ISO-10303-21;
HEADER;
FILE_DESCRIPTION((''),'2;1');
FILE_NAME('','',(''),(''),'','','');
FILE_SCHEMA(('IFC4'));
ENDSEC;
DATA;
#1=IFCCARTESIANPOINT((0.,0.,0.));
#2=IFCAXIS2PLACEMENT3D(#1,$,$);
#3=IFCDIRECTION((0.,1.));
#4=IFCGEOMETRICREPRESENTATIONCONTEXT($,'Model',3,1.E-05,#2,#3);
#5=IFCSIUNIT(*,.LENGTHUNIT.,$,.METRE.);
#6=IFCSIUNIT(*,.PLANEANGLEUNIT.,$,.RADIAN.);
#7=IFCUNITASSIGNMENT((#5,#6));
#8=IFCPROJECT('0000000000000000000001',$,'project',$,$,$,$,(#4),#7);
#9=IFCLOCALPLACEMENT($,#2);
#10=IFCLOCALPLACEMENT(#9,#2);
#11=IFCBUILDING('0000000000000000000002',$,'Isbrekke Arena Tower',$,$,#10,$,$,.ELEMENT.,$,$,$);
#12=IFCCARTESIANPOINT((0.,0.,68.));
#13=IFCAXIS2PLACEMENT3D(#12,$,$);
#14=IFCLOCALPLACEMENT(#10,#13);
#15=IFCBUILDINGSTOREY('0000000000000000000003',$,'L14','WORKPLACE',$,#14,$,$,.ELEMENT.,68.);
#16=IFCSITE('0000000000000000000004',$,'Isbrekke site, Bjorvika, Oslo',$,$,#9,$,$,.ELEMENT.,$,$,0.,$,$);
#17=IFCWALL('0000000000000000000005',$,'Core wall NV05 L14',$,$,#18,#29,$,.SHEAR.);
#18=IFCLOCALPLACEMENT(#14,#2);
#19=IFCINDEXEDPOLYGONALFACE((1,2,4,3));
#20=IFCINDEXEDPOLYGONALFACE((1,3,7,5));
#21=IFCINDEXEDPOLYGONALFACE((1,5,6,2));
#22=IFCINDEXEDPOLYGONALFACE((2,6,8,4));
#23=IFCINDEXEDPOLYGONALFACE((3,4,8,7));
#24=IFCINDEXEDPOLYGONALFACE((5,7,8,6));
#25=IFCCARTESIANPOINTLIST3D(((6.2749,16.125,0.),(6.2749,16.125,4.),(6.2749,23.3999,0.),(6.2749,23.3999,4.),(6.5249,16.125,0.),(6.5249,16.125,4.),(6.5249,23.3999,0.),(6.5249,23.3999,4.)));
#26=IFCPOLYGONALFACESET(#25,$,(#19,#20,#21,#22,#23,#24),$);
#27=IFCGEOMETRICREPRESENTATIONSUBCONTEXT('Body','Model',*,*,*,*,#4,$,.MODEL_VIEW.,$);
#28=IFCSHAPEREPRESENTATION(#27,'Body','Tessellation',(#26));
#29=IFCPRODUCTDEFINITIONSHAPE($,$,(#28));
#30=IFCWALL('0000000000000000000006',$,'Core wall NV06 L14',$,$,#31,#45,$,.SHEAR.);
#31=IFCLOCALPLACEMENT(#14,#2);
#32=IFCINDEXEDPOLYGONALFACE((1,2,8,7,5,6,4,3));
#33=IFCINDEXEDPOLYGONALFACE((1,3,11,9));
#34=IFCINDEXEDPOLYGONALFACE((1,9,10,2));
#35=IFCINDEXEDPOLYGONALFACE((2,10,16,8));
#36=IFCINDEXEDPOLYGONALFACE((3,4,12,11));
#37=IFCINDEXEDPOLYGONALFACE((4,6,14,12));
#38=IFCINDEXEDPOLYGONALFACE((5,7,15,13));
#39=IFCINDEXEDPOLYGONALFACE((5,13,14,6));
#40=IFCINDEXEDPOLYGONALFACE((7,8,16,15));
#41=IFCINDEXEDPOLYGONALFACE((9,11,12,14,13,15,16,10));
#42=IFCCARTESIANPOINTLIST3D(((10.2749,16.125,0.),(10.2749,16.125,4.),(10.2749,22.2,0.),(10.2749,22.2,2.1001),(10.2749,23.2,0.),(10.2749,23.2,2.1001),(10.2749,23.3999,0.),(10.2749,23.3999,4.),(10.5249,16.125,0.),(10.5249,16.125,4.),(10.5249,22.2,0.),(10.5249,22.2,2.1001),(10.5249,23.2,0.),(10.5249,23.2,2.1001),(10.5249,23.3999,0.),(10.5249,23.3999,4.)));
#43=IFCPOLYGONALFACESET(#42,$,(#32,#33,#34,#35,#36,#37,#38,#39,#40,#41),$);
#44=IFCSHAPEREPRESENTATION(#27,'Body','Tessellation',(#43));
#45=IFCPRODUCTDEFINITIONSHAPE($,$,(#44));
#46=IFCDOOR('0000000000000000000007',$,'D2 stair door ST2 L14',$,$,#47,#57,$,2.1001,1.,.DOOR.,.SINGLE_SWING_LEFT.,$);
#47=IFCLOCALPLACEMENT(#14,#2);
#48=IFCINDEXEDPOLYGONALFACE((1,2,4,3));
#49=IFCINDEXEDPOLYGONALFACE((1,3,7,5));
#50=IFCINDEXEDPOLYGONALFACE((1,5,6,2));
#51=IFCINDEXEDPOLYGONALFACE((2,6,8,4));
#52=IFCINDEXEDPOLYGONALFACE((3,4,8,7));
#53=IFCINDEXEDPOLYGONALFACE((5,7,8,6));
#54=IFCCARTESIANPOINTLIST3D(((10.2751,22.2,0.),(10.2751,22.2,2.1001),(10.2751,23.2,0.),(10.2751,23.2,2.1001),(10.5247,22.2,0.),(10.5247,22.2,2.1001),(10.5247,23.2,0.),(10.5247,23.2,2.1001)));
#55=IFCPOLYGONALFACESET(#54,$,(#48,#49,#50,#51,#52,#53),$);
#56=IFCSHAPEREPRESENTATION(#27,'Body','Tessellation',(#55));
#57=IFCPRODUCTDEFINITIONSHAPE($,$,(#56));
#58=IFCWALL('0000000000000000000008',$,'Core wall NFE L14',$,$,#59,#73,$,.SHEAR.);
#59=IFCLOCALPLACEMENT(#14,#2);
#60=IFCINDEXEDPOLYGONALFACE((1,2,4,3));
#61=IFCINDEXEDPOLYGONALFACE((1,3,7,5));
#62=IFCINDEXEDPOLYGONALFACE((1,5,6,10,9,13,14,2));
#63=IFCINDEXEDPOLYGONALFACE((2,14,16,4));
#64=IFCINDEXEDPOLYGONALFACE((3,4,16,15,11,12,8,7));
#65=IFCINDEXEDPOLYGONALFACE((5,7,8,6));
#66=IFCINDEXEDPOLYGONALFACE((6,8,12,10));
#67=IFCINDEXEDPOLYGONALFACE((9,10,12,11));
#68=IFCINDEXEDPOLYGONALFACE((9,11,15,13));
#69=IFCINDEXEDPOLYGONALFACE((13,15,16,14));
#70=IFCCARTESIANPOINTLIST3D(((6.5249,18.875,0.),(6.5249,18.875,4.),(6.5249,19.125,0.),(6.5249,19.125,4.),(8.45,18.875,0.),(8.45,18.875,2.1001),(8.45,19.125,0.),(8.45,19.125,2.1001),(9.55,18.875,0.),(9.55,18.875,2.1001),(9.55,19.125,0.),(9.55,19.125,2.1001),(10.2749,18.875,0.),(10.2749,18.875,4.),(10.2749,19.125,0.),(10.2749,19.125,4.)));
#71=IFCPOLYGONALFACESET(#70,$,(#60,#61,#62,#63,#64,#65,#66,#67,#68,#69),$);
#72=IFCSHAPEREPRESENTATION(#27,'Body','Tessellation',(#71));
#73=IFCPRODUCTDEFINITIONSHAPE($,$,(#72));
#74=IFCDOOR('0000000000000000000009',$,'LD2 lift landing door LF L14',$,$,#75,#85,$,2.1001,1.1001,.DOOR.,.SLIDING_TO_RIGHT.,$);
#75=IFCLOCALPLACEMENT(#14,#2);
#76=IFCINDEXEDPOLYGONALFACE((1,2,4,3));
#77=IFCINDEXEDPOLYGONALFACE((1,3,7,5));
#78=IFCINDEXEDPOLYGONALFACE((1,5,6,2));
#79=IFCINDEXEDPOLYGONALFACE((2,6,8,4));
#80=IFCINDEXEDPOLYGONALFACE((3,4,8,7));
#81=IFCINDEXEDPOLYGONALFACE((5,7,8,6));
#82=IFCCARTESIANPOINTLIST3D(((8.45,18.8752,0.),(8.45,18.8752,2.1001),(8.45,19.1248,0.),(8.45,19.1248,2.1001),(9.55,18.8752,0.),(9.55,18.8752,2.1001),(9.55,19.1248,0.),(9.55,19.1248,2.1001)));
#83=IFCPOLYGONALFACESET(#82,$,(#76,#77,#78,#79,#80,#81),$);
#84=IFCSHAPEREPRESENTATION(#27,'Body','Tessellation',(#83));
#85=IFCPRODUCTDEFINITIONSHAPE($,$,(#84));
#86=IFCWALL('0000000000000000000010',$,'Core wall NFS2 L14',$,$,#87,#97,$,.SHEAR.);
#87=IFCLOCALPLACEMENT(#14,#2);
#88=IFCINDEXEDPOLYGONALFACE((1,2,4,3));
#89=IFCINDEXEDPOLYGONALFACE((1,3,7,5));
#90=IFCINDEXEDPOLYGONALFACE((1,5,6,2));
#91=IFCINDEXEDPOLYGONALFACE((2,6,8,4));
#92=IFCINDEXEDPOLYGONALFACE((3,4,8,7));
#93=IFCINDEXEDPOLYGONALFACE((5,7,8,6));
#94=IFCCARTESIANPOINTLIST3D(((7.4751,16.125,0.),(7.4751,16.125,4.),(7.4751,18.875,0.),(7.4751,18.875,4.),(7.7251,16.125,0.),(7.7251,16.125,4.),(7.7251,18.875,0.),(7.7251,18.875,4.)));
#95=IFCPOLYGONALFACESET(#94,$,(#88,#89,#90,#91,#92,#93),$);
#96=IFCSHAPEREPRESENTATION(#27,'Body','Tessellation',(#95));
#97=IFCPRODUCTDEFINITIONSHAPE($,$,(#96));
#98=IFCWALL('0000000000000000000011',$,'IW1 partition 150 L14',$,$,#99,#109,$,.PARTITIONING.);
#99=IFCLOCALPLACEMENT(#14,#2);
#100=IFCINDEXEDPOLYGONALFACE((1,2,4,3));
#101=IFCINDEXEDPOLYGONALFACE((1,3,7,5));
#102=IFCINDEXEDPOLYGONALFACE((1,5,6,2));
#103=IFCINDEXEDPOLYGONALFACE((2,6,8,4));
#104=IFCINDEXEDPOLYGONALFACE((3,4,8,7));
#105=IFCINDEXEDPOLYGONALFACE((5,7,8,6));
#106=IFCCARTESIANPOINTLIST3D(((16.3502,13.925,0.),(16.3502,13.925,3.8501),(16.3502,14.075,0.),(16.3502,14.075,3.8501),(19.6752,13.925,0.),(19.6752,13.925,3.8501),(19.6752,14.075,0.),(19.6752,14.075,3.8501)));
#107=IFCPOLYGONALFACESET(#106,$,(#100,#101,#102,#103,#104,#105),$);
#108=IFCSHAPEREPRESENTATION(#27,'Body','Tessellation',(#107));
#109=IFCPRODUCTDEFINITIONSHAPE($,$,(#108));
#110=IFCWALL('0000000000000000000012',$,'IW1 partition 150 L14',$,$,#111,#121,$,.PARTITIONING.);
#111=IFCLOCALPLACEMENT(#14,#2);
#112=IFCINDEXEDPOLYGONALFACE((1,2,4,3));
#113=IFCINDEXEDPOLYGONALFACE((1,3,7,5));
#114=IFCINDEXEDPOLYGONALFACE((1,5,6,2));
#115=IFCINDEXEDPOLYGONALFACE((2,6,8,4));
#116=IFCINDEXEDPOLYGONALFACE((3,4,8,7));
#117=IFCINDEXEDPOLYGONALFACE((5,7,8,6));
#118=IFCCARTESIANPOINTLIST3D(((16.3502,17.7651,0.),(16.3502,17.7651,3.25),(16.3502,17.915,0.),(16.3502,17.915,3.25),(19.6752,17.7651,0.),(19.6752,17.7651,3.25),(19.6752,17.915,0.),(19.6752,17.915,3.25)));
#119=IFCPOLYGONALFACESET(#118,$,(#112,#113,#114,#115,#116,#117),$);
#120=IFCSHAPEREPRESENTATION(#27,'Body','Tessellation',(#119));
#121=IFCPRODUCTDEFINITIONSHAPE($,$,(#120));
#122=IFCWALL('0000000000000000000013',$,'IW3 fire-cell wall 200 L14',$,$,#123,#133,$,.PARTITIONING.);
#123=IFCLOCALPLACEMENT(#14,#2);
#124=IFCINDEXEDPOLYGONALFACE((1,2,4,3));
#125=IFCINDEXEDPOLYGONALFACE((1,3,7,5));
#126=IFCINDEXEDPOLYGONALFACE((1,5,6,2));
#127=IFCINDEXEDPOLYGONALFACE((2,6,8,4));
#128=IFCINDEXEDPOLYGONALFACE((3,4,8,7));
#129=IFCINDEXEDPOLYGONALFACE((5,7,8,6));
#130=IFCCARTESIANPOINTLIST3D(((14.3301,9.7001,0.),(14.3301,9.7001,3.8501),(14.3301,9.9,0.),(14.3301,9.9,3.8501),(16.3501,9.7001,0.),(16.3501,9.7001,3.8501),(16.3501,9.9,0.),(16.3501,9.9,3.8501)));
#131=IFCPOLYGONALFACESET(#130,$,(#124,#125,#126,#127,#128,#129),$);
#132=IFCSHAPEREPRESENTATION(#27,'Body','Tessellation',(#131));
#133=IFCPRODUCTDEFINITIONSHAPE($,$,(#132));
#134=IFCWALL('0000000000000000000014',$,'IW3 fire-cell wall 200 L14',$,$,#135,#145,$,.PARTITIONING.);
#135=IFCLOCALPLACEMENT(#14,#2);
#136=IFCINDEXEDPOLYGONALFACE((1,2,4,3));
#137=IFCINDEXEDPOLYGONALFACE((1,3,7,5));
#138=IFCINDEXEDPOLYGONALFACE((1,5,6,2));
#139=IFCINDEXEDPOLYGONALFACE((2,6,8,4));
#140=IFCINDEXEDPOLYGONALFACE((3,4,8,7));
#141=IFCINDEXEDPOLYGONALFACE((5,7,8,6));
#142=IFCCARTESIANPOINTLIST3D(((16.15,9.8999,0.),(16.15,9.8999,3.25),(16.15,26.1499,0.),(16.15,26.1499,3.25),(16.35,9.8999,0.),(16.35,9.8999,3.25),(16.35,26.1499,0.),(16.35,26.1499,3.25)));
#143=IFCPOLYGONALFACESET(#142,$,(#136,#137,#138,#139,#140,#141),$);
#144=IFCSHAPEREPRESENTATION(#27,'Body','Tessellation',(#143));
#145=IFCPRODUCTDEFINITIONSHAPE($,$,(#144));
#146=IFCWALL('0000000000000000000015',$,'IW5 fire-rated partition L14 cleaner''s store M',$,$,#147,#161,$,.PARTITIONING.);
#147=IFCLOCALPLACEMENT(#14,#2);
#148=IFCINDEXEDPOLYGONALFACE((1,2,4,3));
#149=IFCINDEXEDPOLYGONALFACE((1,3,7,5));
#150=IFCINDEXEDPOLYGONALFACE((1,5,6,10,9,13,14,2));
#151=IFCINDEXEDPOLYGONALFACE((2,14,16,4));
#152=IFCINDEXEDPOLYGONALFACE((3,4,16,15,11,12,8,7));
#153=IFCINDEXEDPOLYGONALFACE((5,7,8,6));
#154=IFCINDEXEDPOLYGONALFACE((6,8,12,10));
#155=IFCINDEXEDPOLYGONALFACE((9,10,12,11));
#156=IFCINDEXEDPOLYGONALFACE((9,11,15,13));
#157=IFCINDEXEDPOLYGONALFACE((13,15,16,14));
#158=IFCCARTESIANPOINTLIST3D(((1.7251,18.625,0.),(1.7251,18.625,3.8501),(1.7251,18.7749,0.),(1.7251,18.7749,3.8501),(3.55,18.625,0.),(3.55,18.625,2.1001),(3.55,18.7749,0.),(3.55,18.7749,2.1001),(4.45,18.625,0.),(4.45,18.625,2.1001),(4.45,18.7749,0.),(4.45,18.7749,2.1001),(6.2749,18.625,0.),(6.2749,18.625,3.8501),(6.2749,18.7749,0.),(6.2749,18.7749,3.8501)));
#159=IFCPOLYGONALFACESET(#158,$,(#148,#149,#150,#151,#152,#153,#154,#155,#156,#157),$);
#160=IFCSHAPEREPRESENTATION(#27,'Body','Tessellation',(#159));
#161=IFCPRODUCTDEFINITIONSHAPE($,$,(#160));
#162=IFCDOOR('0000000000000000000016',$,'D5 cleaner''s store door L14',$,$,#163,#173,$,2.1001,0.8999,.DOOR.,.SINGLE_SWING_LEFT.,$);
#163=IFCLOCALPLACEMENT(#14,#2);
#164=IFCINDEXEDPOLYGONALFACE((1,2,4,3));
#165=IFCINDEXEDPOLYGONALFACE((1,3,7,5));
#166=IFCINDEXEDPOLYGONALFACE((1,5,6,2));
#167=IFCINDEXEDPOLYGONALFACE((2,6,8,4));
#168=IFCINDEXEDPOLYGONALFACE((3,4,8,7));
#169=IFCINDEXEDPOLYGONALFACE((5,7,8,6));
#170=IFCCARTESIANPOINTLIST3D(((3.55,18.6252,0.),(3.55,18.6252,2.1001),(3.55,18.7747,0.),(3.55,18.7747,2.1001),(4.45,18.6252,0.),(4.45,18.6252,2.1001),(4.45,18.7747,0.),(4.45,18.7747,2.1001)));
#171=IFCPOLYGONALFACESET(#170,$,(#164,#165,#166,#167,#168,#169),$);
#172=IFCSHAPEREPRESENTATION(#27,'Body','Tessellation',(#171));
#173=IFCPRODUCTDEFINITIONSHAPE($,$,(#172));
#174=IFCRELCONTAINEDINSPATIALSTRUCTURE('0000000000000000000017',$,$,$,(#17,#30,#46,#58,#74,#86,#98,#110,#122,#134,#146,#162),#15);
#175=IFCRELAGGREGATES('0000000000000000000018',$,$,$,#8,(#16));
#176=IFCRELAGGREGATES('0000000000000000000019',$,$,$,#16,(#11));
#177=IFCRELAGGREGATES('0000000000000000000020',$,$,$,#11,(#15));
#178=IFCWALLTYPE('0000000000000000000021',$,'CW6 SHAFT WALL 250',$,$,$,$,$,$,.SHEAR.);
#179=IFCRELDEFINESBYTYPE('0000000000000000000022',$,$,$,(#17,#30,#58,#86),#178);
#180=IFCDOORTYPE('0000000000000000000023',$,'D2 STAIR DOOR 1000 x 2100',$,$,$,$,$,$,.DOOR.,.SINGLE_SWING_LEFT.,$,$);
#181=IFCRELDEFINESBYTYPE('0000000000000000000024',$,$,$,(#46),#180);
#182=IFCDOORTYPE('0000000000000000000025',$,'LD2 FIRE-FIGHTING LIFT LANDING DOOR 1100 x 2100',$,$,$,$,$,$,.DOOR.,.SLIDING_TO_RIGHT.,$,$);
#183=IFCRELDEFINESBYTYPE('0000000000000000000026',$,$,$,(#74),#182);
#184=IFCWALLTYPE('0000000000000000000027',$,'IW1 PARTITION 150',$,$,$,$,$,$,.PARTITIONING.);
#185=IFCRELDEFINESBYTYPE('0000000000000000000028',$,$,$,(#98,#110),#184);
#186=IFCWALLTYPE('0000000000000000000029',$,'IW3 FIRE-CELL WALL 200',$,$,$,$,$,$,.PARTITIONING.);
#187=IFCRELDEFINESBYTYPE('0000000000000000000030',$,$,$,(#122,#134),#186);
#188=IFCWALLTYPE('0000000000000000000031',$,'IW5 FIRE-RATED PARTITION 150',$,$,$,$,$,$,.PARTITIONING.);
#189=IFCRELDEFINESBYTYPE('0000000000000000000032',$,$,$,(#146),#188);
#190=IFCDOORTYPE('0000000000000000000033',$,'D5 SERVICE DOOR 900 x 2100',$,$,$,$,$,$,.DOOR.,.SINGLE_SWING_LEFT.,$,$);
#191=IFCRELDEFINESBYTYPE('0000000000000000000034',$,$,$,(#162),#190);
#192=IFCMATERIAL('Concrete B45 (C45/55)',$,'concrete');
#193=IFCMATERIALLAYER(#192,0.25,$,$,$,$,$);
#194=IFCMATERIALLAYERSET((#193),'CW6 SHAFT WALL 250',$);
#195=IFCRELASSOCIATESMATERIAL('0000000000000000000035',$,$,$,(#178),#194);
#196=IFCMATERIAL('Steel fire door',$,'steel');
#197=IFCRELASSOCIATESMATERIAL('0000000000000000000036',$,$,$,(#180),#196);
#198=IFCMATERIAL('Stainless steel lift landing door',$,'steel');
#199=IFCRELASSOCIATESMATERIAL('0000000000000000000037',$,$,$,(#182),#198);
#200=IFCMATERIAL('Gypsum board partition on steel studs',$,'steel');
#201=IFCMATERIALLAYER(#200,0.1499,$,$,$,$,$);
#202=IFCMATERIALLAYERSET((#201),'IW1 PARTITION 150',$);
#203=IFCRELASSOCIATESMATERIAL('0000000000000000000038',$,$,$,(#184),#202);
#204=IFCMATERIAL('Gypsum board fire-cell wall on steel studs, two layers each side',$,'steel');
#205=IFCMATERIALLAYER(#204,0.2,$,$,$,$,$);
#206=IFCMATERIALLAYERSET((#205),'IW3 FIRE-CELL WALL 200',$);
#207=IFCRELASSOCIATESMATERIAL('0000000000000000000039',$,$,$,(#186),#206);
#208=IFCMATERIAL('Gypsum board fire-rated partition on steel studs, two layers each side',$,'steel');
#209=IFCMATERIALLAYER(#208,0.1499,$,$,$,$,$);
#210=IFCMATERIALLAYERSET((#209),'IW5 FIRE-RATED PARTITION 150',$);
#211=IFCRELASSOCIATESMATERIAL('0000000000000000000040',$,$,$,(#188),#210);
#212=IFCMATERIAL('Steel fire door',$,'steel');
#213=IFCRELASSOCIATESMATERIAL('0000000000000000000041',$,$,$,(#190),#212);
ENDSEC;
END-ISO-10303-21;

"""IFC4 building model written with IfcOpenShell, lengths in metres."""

from ifc_helpers import new_model, si_unit, direction, frame, frame_2d, origin, place, context, subcontext, project, spatial, rectangle, extrude, material, layer, layer_set, type_object, element, fill, save


model = new_model("IFC4")

# Units and contexts
model_context = context("Model", 3, precision=1e-05, world=origin(), true_north=direction((0.0, 1.0)))
body_context = subcontext(model_context, "Body", "Model", "MODEL_VIEW")
ifc_project = project(units=[si_unit("LENGTHUNIT", "METRE"), si_unit("PLANEANGLEUNIT", "RADIAN")], contexts=[model_context])

# Site, building, storey
site_placement = place(None, origin())
site = spatial("IfcSite", under=ifc_project, at=site_placement, Name="Isbrekke site, Bjorvika, Oslo", CompositionType="ELEMENT", RefElevation=0.0)
building_placement = place(site_placement, origin())
building = spatial("IfcBuilding", under=site, at=building_placement, Name="Isbrekke Arena Tower", CompositionType="ELEMENT")
storey_placement = place(building_placement, frame((0.0, 0.0, 68.0)))
storey = spatial("IfcBuildingStorey", under=building, at=storey_placement, Name="L14", Description="WORKPLACE", CompositionType="ELEMENT", Elevation=68.0)

# Wall
ifc_material_1 = material(Name="Concrete B45 (C45/55)", Category="concrete")
ifc_layer_1 = layer(ifc_material_1, 0.25)
ifc_layer_set_1 = layer_set([ifc_layer_1], Name="CW6 SHAFT WALL 250")
wall_type_1 = type_object("IfcWallType", Name="CW6 SHAFT WALL 250", PredefinedType="SHEAR", material=ifc_layer_set_1)
for number, where, z_axis, x_axis, name in (
    (1, (6.3999, 16.125, 0.0), (0.0, 0.0, 1.0), (0.0, 1.0, 0.0), "Core wall NV05 L14"),
):
    element("IfcWall", number, at=place(storey_placement, frame(where, z_axis=z_axis, x_axis=x_axis)), inside=storey, type_object=wall_type_1, Name=name, PredefinedType="SHEAR", context=body_context, shape_type="SweptSolid", body=[
        extrude(rectangle(XDim=7.2749, YDim=0.25, at=frame_2d((3.6375, 0.0))), origin(), (0.0, 0.0, 1.0), 4.0),
    ])

# Walls, openings, doors
wall_1_placement = place(storey_placement, frame((10.3999, 16.125, 0.0), z_axis=(0.0, 0.0, 1.0), x_axis=(0.0, 1.0, 0.0)))
wall_1 = element("IfcWall", 2, at=wall_1_placement, inside=storey, type_object=wall_type_1, Name="Core wall NV06 L14", PredefinedType="SHEAR", context=body_context, shape_type="SweptSolid", body=[
    extrude(rectangle(XDim=7.2749, YDim=0.25, at=frame_2d((3.6375, 0.0))), origin(), (0.0, 0.0, 1.0), 4.0),
])
opening_1_placement = place(wall_1_placement, frame((6.075, 0.0, 0.0)))
opening_1 = element("IfcOpeningElement", 3, at=opening_1_placement, cuts=wall_1, PredefinedType="OPENING", context=body_context, shape_type="SweptSolid", body=[
    extrude(rectangle(XDim=1.0, YDim=2.1001, at=frame_2d((0.5, 1.05))), frame((0.0, 0.1399, 0.0), z_axis=(0.0, -1.0, 0.0), x_axis=(1.0, 0.0, 0.0)), (0.0, 0.0, 1.0), 0.2798),
])
ifc_material_2 = material(Name="Steel fire door", Category="steel")
door_type_1 = type_object("IfcDoorType", Name="D2 STAIR DOOR 1000 x 2100", OperationType="SINGLE_SWING_LEFT", PredefinedType="DOOR", material=ifc_material_2)
door_1_placement = place(opening_1_placement, origin())
door_1 = element("IfcDoor", 4, at=door_1_placement, inside=storey, type_object=door_type_1, Name="D2 stair door ST2 L14", OperationType="SINGLE_SWING_LEFT", OverallHeight=2.1001, OverallWidth=1.0, PredefinedType="DOOR", context=body_context, shape_type="SweptSolid", body=[
    extrude(rectangle(XDim=1.0, YDim=2.1001, at=frame_2d((0.5, 1.05))), frame((0.0, 0.1248, 0.0), z_axis=(0.0, -1.0, 0.0), x_axis=(1.0, 0.0, 0.0)), (0.0, 0.0, 1.0), 0.2495),
])
fill(opening_1, door_1)
wall_2_placement = place(storey_placement, frame((6.5249, 19.0, 0.0), z_axis=(0.0, 0.0, 1.0), x_axis=(1.0, 0.0, 0.0)))
wall_2 = element("IfcWall", 5, at=wall_2_placement, inside=storey, type_object=wall_type_1, Name="Core wall NFE L14", PredefinedType="SHEAR", context=body_context, shape_type="SweptSolid", body=[
    extrude(rectangle(XDim=3.75, YDim=0.25, at=frame_2d((1.875, 0.0))), origin(), (0.0, 0.0, 1.0), 4.0),
])
opening_2_placement = place(wall_2_placement, frame((1.925, 0.0, 0.0)))
opening_2 = element("IfcOpeningElement", 6, at=opening_2_placement, cuts=wall_2, PredefinedType="OPENING", context=body_context, shape_type="SweptSolid", body=[
    extrude(rectangle(XDim=1.1001, YDim=2.1001, at=frame_2d((0.55, 1.05))), frame((0.0, 0.1399, 0.0), z_axis=(0.0, -1.0, 0.0), x_axis=(1.0, 0.0, 0.0)), (0.0, 0.0, 1.0), 0.2798),
])
ifc_material_3 = material(Name="Stainless steel lift landing door", Category="steel")
door_type_2 = type_object("IfcDoorType", Name="LD2 FIRE-FIGHTING LIFT LANDING DOOR 1100 x 2100", OperationType="SLIDING_TO_RIGHT", PredefinedType="DOOR", material=ifc_material_3)
door_2_placement = place(opening_2_placement, origin())
door_2 = element("IfcDoor", 7, at=door_2_placement, inside=storey, type_object=door_type_2, Name="LD2 lift landing door LF L14", OperationType="SLIDING_TO_RIGHT", OverallHeight=2.1001, OverallWidth=1.1001, PredefinedType="DOOR", context=body_context, shape_type="SweptSolid", body=[
    extrude(rectangle(XDim=1.1001, YDim=2.1001, at=frame_2d((0.55, 1.05))), frame((0.0, 0.1248, 0.0), z_axis=(0.0, -1.0, 0.0), x_axis=(1.0, 0.0, 0.0)), (0.0, 0.0, 1.0), 0.2495),
])
fill(opening_2, door_2)

# Walls
wall_3_placement = place(storey_placement, frame((7.6001, 16.125, 0.0), z_axis=(0.0, 0.0, 1.0), x_axis=(0.0, 1.0, 0.0)))
element("IfcWall", 8, at=wall_3_placement, inside=storey, type_object=wall_type_1, Name="Core wall NFS2 L14", PredefinedType="SHEAR", context=body_context, shape_type="SweptSolid", body=[
    extrude(rectangle(XDim=2.75, YDim=0.25, at=frame_2d((1.375, 0.0))), origin(), (0.0, 0.0, 1.0), 4.0),
])
ifc_material_4 = material(Name="Gypsum board partition on steel studs", Category="steel")
ifc_layer_2 = layer(ifc_material_4, 0.1499)
ifc_layer_set_2 = layer_set([ifc_layer_2], Name="IW1 PARTITION 150")
wall_type_2 = type_object("IfcWallType", Name="IW1 PARTITION 150", PredefinedType="PARTITIONING", material=ifc_layer_set_2)
wall_4_placement = place(storey_placement, frame((16.3501, 14.0, 0.0), z_axis=(0.0, 0.0, 1.0), x_axis=(1.0, 0.0, 0.0)))
element("IfcWall", 9, at=wall_4_placement, inside=storey, type_object=wall_type_2, Name="IW1 partition 150 L14", PredefinedType="PARTITIONING", context=body_context, shape_type="SweptSolid", body=[
    extrude(rectangle(XDim=3.325, YDim=0.1499, at=frame_2d((1.6626, 0.0))), origin(), (0.0, 0.0, 1.0), 3.8501),
])
wall_5_placement = place(storey_placement, frame((16.3501, 17.8401, 0.0), z_axis=(0.0, 0.0, 1.0), x_axis=(1.0, 0.0, 0.0)))
element("IfcWall", 10, at=wall_5_placement, inside=storey, type_object=wall_type_2, Name="IW1 partition 150 L14", PredefinedType="PARTITIONING", context=body_context, shape_type="SweptSolid", body=[
    extrude(rectangle(XDim=3.325, YDim=0.1499, at=frame_2d((1.6626, 0.0))), origin(), (0.0, 0.0, 1.0), 3.25),
])
ifc_material_5 = material(Name="Gypsum board fire-cell wall on steel studs, two layers each side", Category="steel")
ifc_layer_3 = layer(ifc_material_5, 0.2)
ifc_layer_set_3 = layer_set([ifc_layer_3], Name="IW3 FIRE-CELL WALL 200")
wall_type_3 = type_object("IfcWallType", Name="IW3 FIRE-CELL WALL 200", PredefinedType="PARTITIONING", material=ifc_layer_set_3)
wall_6_placement = place(storey_placement, frame((14.3301, 9.8, 0.0), z_axis=(0.0, 0.0, 1.0), x_axis=(1.0, 0.0, 0.0)))
element("IfcWall", 11, at=wall_6_placement, inside=storey, type_object=wall_type_3, Name="IW3 fire-cell wall 200 L14", PredefinedType="PARTITIONING", context=body_context, shape_type="SweptSolid", body=[
    extrude(rectangle(XDim=2.02, YDim=0.2, at=frame_2d((1.01, 0.0))), origin(), (0.0, 0.0, 1.0), 3.8501),
])
wall_7_placement = place(storey_placement, frame((16.25, 9.8999, 0.0), z_axis=(0.0, 0.0, 1.0), x_axis=(0.0, 1.0, 0.0)))
element("IfcWall", 12, at=wall_7_placement, inside=storey, type_object=wall_type_3, Name="IW3 fire-cell wall 200 L14", PredefinedType="PARTITIONING", context=body_context, shape_type="SweptSolid", body=[
    extrude(rectangle(XDim=16.25, YDim=0.2, at=frame_2d((8.125, 0.0))), origin(), (0.0, 0.0, 1.0), 3.25),
])

# Wall, opening, door
ifc_material_6 = material(Name="Gypsum board fire-rated partition on steel studs, two layers each side", Category="steel")
ifc_layer_4 = layer(ifc_material_6, 0.1499)
ifc_layer_set_4 = layer_set([ifc_layer_4], Name="IW5 FIRE-RATED PARTITION 150")
wall_type_4 = type_object("IfcWallType", Name="IW5 FIRE-RATED PARTITION 150", PredefinedType="PARTITIONING", material=ifc_layer_set_4)
wall_8_placement = place(storey_placement, frame((1.7251, 18.7, 0.0), z_axis=(0.0, 0.0, 1.0), x_axis=(1.0, 0.0, 0.0)))
wall_8 = element("IfcWall", 13, at=wall_8_placement, inside=storey, type_object=wall_type_4, Name="IW5 fire-rated partition L14 cleaner's store M", PredefinedType="PARTITIONING", context=body_context, shape_type="SweptSolid", body=[
    extrude(rectangle(XDim=4.5498, YDim=0.1499, at=frame_2d((2.2749, 0.0))), origin(), (0.0, 0.0, 1.0), 3.8501),
])
opening_3_placement = place(wall_8_placement, frame((1.825, 0.0, 0.0)))
opening_3 = element("IfcOpeningElement", 14, at=opening_3_placement, cuts=wall_8, PredefinedType="OPENING", context=body_context, shape_type="SweptSolid", body=[
    extrude(rectangle(XDim=0.8999, YDim=2.1001, at=frame_2d((0.45, 1.05))), frame((0.0, 0.0898, 0.0), z_axis=(0.0, -1.0, 0.0), x_axis=(1.0, 0.0, 0.0)), (0.0, 0.0, 1.0), 0.1797),
])
ifc_material_7 = material(Name="Steel fire door", Category="steel")
door_type_3 = type_object("IfcDoorType", Name="D5 SERVICE DOOR 900 x 2100", OperationType="SINGLE_SWING_LEFT", PredefinedType="DOOR", material=ifc_material_7)
door_3_placement = place(opening_3_placement, origin())
door_3 = element("IfcDoor", 15, at=door_3_placement, inside=storey, type_object=door_type_3, Name="D5 cleaner's store door L14", OperationType="SINGLE_SWING_LEFT", OverallHeight=2.1001, OverallWidth=0.8999, PredefinedType="DOOR", context=body_context, shape_type="SweptSolid", body=[
    extrude(rectangle(XDim=0.8999, YDim=2.1001, at=frame_2d((0.45, 1.05))), frame((0.0, 0.0747, 0.0), z_axis=(0.0, -1.0, 0.0), x_axis=(1.0, 0.0, 0.0)), (0.0, 0.0, 1.0), 0.1494),
])
fill(opening_3, door_3)

save(model, "model.ifc")
